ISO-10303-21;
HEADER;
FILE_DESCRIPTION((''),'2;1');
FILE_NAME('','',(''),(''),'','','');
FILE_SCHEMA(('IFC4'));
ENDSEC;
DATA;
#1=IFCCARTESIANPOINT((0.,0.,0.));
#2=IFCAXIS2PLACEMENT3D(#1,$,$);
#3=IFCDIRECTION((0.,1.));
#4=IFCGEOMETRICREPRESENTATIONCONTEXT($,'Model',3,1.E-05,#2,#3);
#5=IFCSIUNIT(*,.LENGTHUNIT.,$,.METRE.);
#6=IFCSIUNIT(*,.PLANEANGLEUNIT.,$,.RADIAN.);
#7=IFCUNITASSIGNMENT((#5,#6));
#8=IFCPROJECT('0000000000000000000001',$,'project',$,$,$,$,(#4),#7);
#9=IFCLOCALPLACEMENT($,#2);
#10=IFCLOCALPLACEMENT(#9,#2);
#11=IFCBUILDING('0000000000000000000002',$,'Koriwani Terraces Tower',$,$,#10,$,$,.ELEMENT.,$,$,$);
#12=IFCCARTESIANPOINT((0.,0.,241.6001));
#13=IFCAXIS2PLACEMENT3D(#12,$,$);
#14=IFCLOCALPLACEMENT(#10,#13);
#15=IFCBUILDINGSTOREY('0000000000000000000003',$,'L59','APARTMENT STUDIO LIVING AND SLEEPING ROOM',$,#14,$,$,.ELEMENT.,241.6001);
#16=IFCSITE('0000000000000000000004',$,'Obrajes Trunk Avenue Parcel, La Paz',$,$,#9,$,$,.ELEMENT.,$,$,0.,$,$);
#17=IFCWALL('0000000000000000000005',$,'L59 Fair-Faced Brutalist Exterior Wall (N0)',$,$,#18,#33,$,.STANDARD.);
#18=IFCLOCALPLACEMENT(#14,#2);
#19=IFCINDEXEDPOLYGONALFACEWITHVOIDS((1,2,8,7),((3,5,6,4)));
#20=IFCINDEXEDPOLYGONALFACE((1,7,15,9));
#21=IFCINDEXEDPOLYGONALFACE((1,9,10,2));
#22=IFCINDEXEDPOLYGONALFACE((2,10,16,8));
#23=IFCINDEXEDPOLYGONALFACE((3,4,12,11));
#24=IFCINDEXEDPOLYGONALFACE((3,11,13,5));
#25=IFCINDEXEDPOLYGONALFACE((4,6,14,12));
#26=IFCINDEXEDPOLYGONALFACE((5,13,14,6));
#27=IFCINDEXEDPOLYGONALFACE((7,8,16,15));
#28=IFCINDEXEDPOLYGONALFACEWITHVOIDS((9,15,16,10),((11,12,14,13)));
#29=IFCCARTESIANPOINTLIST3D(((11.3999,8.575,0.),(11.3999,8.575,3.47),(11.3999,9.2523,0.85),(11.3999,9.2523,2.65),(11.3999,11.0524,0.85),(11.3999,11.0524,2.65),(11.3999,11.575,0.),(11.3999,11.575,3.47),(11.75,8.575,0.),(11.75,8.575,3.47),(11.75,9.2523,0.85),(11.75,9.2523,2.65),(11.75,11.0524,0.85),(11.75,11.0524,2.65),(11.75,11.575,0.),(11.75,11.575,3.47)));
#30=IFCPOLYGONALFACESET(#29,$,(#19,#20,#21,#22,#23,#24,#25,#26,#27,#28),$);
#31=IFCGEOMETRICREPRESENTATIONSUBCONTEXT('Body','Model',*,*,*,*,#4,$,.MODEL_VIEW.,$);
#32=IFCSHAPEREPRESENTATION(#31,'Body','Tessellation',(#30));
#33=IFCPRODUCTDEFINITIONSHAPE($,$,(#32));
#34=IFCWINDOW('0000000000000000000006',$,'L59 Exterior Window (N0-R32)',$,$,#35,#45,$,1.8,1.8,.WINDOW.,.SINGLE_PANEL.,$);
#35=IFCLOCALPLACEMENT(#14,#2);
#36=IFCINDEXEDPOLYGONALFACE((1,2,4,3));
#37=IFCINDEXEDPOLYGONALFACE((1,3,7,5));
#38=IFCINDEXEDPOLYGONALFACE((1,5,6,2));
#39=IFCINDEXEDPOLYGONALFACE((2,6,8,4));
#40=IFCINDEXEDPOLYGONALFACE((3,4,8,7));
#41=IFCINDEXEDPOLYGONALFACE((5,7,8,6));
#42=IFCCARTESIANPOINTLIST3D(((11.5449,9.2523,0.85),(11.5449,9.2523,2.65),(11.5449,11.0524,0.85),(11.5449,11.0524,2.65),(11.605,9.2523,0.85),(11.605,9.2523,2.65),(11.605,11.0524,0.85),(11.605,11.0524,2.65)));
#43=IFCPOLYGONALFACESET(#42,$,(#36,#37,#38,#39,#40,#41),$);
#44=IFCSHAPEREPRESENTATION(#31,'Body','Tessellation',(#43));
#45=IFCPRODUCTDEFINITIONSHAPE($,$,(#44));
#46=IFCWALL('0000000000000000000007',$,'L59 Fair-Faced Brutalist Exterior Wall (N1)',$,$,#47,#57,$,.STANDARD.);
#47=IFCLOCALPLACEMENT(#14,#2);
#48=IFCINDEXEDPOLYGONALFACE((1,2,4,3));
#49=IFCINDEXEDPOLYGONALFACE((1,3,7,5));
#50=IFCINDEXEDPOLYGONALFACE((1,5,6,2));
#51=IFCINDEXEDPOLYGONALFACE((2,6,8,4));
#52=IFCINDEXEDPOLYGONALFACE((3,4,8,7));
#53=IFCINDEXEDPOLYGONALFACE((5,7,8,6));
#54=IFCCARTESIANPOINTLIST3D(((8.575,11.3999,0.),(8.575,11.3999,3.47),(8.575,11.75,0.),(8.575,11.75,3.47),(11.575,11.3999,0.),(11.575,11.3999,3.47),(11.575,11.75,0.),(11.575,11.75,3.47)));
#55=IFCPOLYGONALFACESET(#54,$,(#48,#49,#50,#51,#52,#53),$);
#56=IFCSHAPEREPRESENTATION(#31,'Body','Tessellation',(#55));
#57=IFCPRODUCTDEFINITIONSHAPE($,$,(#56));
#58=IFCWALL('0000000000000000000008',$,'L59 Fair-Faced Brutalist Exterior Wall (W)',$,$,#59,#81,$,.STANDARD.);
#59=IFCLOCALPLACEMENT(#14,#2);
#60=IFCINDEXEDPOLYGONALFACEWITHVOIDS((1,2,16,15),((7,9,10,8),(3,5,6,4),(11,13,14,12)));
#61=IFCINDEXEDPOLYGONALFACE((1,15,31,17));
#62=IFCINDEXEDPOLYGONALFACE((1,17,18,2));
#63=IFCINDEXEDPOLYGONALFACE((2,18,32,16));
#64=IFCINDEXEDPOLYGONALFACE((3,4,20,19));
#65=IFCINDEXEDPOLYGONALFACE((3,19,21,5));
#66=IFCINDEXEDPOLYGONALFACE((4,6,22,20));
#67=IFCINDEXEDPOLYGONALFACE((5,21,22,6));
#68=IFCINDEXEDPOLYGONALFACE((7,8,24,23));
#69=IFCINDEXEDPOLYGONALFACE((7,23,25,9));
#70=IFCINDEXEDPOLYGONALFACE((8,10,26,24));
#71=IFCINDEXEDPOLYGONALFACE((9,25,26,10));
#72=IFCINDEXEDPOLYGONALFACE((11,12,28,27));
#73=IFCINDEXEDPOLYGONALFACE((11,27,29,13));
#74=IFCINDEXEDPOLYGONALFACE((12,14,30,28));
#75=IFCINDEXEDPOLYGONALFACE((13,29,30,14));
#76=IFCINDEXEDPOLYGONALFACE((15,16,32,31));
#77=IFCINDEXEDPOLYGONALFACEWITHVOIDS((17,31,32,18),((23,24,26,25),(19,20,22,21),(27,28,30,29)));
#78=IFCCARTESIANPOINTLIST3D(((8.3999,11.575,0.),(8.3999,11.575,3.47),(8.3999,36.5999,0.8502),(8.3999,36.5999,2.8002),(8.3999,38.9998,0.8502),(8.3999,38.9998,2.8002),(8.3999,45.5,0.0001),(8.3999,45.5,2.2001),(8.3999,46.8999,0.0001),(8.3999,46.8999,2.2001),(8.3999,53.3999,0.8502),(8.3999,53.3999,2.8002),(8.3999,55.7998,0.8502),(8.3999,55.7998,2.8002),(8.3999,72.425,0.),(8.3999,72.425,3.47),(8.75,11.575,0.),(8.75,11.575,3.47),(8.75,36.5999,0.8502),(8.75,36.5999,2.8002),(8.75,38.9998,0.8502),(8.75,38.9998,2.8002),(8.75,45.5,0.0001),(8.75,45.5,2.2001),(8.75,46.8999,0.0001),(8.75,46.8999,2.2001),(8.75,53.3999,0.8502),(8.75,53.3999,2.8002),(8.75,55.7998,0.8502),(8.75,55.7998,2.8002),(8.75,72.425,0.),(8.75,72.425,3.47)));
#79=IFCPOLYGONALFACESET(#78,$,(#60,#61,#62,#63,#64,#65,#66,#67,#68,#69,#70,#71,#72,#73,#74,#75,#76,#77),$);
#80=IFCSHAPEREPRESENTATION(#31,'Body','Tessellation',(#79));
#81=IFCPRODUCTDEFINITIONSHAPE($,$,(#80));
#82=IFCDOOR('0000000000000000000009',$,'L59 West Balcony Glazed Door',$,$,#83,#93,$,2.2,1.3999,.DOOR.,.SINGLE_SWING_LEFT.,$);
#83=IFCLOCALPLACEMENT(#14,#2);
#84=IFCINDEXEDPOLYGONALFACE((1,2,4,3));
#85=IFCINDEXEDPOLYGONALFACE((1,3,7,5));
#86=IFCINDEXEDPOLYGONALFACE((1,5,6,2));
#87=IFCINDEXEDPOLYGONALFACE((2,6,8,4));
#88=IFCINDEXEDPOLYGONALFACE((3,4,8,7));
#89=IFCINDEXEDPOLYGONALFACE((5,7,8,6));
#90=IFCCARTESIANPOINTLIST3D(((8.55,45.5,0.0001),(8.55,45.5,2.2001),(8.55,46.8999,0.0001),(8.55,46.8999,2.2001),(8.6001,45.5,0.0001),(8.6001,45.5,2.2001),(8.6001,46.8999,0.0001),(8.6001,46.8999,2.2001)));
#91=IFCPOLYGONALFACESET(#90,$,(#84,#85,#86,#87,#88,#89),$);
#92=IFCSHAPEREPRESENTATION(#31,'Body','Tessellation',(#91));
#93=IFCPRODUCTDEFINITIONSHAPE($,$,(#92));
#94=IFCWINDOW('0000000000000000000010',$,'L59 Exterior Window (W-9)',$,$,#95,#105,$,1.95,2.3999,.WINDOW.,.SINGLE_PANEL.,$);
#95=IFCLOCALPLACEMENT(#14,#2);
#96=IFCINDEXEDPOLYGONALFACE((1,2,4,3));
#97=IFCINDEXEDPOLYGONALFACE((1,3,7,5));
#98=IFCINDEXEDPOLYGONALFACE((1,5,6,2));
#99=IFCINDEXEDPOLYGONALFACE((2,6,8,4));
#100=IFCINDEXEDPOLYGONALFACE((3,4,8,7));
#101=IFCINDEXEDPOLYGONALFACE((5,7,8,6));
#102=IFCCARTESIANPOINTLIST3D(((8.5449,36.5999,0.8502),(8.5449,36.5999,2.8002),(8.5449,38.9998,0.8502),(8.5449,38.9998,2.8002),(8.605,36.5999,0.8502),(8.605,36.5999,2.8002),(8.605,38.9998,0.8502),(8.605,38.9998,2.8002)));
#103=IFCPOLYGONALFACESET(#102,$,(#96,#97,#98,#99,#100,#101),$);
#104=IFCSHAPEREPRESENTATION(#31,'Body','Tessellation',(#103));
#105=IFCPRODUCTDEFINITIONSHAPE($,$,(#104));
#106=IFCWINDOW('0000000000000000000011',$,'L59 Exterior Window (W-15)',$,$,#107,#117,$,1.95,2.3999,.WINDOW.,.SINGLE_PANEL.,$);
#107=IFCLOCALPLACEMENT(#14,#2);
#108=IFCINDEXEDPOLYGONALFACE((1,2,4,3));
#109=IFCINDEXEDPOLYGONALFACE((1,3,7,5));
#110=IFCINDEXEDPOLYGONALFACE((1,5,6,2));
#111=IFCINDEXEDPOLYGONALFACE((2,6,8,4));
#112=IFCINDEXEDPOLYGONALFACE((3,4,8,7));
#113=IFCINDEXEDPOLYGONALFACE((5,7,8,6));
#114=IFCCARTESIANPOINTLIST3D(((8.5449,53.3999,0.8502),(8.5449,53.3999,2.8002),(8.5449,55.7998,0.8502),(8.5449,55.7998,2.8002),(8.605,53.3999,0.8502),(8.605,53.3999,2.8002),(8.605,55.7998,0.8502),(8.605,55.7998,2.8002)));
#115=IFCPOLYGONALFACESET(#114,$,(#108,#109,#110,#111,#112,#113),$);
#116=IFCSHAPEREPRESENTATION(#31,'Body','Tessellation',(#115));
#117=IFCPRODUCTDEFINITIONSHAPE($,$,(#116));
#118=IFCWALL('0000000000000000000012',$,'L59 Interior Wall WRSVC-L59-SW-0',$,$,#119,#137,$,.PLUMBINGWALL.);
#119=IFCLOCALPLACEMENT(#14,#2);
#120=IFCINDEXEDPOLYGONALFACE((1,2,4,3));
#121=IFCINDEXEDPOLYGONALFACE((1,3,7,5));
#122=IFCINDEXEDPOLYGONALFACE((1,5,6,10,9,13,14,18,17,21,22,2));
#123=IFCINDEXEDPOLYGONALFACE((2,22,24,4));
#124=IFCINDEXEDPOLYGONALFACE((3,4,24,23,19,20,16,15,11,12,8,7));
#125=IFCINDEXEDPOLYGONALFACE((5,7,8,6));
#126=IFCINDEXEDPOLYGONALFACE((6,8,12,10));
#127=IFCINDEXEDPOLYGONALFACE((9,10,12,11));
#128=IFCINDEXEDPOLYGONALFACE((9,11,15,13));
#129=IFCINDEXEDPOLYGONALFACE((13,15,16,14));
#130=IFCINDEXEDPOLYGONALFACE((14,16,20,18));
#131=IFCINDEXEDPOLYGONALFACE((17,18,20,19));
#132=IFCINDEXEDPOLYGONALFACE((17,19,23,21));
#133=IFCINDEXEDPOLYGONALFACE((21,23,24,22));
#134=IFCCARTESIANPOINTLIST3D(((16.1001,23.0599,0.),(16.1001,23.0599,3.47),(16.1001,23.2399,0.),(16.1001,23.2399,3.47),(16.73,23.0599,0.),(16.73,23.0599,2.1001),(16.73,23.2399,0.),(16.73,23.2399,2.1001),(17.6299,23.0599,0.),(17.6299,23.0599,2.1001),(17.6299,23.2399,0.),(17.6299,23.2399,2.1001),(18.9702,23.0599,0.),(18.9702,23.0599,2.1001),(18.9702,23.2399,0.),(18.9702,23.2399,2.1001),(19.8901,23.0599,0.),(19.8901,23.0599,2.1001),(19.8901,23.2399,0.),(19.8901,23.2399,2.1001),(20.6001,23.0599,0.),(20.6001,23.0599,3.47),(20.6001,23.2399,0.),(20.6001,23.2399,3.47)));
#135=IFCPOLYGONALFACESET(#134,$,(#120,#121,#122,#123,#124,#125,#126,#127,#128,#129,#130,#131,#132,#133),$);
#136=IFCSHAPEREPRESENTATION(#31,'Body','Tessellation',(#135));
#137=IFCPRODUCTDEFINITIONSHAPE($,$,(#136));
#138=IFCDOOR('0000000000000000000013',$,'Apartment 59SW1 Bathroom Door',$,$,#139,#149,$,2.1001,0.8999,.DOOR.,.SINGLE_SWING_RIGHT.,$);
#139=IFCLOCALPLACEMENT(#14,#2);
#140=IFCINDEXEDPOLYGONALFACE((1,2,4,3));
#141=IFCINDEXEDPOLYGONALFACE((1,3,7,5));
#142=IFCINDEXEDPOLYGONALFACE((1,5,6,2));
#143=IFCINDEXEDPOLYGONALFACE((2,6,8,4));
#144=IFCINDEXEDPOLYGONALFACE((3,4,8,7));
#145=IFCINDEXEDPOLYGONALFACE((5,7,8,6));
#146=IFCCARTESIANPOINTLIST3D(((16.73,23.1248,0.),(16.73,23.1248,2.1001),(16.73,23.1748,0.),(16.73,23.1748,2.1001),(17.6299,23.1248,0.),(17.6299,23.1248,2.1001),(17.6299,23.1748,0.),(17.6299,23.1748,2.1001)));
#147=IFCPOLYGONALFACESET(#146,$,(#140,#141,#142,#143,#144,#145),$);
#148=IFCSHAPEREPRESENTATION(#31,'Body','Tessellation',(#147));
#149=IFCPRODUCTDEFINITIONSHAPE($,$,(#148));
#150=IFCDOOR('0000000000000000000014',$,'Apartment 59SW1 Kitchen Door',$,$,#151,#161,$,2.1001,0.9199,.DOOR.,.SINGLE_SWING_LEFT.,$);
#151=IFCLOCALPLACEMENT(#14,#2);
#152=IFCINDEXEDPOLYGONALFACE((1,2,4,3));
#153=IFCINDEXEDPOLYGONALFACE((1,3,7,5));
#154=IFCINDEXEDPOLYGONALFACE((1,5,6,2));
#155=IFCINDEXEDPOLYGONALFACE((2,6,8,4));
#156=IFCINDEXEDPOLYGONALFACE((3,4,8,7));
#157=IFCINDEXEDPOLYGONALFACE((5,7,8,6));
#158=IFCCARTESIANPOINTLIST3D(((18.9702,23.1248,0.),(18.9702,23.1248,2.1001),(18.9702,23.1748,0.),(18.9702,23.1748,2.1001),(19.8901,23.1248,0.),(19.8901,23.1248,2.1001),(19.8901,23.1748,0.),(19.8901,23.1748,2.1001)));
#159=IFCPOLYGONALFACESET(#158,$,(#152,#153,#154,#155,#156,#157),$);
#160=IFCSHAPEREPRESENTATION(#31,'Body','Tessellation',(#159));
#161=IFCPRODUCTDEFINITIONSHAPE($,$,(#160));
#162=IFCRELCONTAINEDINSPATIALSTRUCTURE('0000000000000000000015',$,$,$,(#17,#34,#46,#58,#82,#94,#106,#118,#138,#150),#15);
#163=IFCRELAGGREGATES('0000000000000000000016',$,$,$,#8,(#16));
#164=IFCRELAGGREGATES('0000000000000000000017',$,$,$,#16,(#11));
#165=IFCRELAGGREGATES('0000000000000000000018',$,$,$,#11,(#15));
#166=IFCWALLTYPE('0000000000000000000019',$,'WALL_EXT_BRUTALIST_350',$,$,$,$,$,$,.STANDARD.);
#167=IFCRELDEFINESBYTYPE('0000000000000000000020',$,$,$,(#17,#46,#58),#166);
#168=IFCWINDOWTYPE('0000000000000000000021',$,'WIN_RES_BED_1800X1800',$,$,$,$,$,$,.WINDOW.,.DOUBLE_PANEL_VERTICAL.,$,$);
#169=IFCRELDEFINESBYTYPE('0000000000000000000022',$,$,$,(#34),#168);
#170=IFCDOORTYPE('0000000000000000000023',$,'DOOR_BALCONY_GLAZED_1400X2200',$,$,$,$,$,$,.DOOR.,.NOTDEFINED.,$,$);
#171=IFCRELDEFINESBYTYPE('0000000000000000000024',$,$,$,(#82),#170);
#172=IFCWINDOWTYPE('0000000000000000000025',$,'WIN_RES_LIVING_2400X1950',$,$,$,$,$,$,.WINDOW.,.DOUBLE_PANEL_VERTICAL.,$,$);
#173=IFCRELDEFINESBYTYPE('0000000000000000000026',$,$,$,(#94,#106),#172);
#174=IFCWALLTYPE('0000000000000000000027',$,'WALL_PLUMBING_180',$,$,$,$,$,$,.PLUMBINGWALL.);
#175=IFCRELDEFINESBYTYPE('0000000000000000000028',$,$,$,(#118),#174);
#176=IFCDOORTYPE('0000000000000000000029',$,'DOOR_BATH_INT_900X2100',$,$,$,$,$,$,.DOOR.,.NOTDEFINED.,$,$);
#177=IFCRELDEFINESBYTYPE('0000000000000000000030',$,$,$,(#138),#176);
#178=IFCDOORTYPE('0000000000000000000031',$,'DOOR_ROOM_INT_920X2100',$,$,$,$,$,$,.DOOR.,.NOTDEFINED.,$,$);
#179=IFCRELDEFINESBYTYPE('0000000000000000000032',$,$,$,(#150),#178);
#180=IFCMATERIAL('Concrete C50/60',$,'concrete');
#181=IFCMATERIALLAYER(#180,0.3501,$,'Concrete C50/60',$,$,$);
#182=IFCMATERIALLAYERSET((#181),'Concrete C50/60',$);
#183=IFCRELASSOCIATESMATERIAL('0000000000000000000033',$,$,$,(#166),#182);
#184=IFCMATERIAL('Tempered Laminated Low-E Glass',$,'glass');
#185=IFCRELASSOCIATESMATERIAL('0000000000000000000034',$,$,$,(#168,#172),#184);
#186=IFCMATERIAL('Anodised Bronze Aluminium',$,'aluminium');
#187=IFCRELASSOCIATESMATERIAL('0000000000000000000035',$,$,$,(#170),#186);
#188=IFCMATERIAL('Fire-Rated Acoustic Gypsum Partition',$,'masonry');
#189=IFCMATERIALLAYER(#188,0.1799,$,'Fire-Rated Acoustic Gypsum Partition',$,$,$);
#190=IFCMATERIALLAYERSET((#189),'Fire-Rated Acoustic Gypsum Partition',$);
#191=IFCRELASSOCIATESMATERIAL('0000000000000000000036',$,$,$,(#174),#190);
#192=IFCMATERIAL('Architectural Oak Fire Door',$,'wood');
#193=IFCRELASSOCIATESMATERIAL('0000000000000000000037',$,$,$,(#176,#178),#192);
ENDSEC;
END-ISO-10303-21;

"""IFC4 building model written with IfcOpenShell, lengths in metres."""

from ifc_helpers import new_model, si_unit, direction, frame, frame_2d, origin, place, context, subcontext, project, spatial, rectangle, extrude, material, layer, layer_set, type_object, element, fill, save


model = new_model("IFC4")

# Units and contexts
model_context = context("Model", 3, precision=1e-05, world=origin(), true_north=direction((0.0, 1.0)))
body_context = subcontext(model_context, "Body", "Model", "MODEL_VIEW")
ifc_project = project(units=[si_unit("LENGTHUNIT", "METRE"), si_unit("PLANEANGLEUNIT", "RADIAN")], contexts=[model_context])

# Site, building, storey
site_placement = place(None, origin())
site = spatial("IfcSite", under=ifc_project, at=site_placement, Name="Obrajes Trunk Avenue Parcel, La Paz", CompositionType="ELEMENT", RefElevation=0.0)
building_placement = place(site_placement, origin())
building = spatial("IfcBuilding", under=site, at=building_placement, Name="Koriwani Terraces Tower", CompositionType="ELEMENT")
storey_placement = place(building_placement, frame((0.0, 0.0, 241.6001)))
storey = spatial("IfcBuildingStorey", under=building, at=storey_placement, Name="L59", Description="APARTMENT STUDIO LIVING AND SLEEPING ROOM", CompositionType="ELEMENT", Elevation=241.6001)

# Shared definitions
ifc_material_1 = material(Name="Concrete C50/60", Category="concrete")

# Wall, opening, window
ifc_layer_1 = layer(ifc_material_1, 0.3501, Name="Concrete C50/60")
ifc_layer_set_1 = layer_set([ifc_layer_1], Name="Concrete C50/60")
wall_type_1 = type_object("IfcWallType", Name="WALL_EXT_BRUTALIST_350", PredefinedType="STANDARD", material=ifc_layer_set_1)
wall_1_placement = place(storey_placement, frame((11.575, 8.575, 0.0), z_axis=(0.0, 0.0, 1.0), x_axis=(0.0, 1.0, 0.0)))
wall_1 = element("IfcWall", 1, at=wall_1_placement, inside=storey, type_object=wall_type_1, Name="L59 Fair-Faced Brutalist Exterior Wall (N0)", PredefinedType="STANDARD", context=body_context, shape_type="SweptSolid", body=[
    extrude(rectangle(XDim=3.0, YDim=0.3501, at=frame_2d((1.5, 0.0))), origin(), (0.0, 0.0, 1.0), 3.47),
])
opening_1_placement = place(wall_1_placement, frame((0.6775, 0.0, 0.8501)))
opening_1 = element("IfcOpeningElement", 2, at=opening_1_placement, cuts=wall_1, PredefinedType="OPENING", context=body_context, shape_type="SweptSolid", body=[
    extrude(rectangle(XDim=1.8, YDim=1.8, at=frame_2d((0.8999, 0.8999))), frame((0.0, 0.1851, 0.0), z_axis=(0.0, -1.0, 0.0), x_axis=(1.0, 0.0, 0.0)), (0.0, 0.0, 1.0), 0.3701),
])
ifc_material_2 = material(Name="Tempered Laminated Low-E Glass", Category="glass")
window_type_1 = type_object("IfcWindowType", Name="WIN_RES_BED_1800X1800", PartitioningType="DOUBLE_PANEL_VERTICAL", PredefinedType="WINDOW", material=ifc_material_2)
window_1_placement = place(opening_1_placement, origin())
window_1 = element("IfcWindow", 3, at=window_1_placement, inside=storey, type_object=window_type_1, Name="L59 Exterior Window (N0-R32)", OverallHeight=1.8, OverallWidth=1.8, PartitioningType="SINGLE_PANEL", PredefinedType="WINDOW", context=body_context, shape_type="SweptSolid", body=[
    extrude(rectangle(XDim=1.8, YDim=1.8, at=frame_2d((0.8999, 0.8999))), frame((0.0, 0.03, 0.0), z_axis=(0.0, -1.0, 0.0), x_axis=(1.0, 0.0, 0.0)), (0.0, 0.0, 1.0), 0.0601),
])
fill(opening_1, window_1)

# Wall
wall_2_placement = place(storey_placement, frame((11.575, 11.575, 0.0), z_axis=(0.0, 0.0, 1.0), x_axis=(-1.0, 0.0, 0.0)))
element("IfcWall", 4, at=wall_2_placement, inside=storey, type_object=wall_type_1, Name="L59 Fair-Faced Brutalist Exterior Wall (N1)", PredefinedType="STANDARD", context=body_context, shape_type="SweptSolid", body=[
    extrude(rectangle(XDim=3.0, YDim=0.3501, at=frame_2d((1.5, 0.0))), origin(), (0.0, 0.0, 1.0), 3.47),
])

# Wall, openings, door, windows
wall_3_placement = place(storey_placement, frame((8.575, 11.575, 0.0), z_axis=(0.0, 0.0, 1.0), x_axis=(0.0, 1.0, 0.0)))
wall_3 = element("IfcWall", 5, at=wall_3_placement, inside=storey, type_object=wall_type_1, Name="L59 Fair-Faced Brutalist Exterior Wall (W)", PredefinedType="STANDARD", context=body_context, shape_type="SweptSolid", body=[
    extrude(rectangle(XDim=60.8501, YDim=0.3501, at=frame_2d((30.425, 0.0))), origin(), (0.0, 0.0, 1.0), 3.47),
])
opening_2_placement = place(wall_3_placement, frame((33.925, 0.0, 0.0)))
opening_2 = element("IfcOpeningElement", 6, at=opening_2_placement, cuts=wall_3, PredefinedType="OPENING", context=body_context, shape_type="SweptSolid", body=[
    extrude(rectangle(XDim=1.3999, YDim=2.2, at=frame_2d((0.7, 1.1001))), frame((0.0, 0.1851, 0.0), z_axis=(0.0, -1.0, 0.0), x_axis=(1.0, 0.0, 0.0)), (0.0, 0.0, 1.0), 0.3701),
])
opening_3_placement = place(wall_3_placement, frame((25.0249, 0.0, 0.8501)))
opening_3 = element("IfcOpeningElement", 7, at=opening_3_placement, cuts=wall_3, PredefinedType="OPENING", context=body_context, shape_type="SweptSolid", body=[
    extrude(rectangle(XDim=2.3999, YDim=1.95, at=frame_2d((1.2, 0.9751))), frame((0.0, 0.1851, 0.0), z_axis=(0.0, -1.0, 0.0), x_axis=(1.0, 0.0, 0.0)), (0.0, 0.0, 1.0), 0.3701),
])
opening_4_placement = place(wall_3_placement, frame((41.825, 0.0, 0.8501)))
opening_4 = element("IfcOpeningElement", 8, at=opening_4_placement, cuts=wall_3, PredefinedType="OPENING", context=body_context, shape_type="SweptSolid", body=[
    extrude(rectangle(XDim=2.3999, YDim=1.95, at=frame_2d((1.2, 0.9751))), frame((0.0, 0.1851, 0.0), z_axis=(0.0, -1.0, 0.0), x_axis=(1.0, 0.0, 0.0)), (0.0, 0.0, 1.0), 0.3701),
])
ifc_material_3 = material(Name="Anodised Bronze Aluminium", Category="aluminium")
door_type_1 = type_object("IfcDoorType", Name="DOOR_BALCONY_GLAZED_1400X2200", OperationType="NOTDEFINED", PredefinedType="DOOR", material=ifc_material_3)
door_1_placement = place(opening_2_placement, origin())
door_1 = element("IfcDoor", 9, at=door_1_placement, inside=storey, type_object=door_type_1, Name="L59 West Balcony Glazed Door", OperationType="SINGLE_SWING_LEFT", OverallHeight=2.2, OverallWidth=1.3999, PredefinedType="DOOR", context=body_context, shape_type="SweptSolid", body=[
    extrude(rectangle(XDim=1.3999, YDim=2.2, at=frame_2d((0.7, 1.1001))), frame((0.0, 0.0249, 0.0), z_axis=(0.0, -1.0, 0.0), x_axis=(1.0, 0.0, 0.0)), (0.0, 0.0, 1.0), 0.05),
])
fill(opening_2, door_1)
window_type_2 = type_object("IfcWindowType", Name="WIN_RES_LIVING_2400X1950", PartitioningType="DOUBLE_PANEL_VERTICAL", PredefinedType="WINDOW", material=ifc_material_2)
window_2_placement = place(opening_3_placement, origin())
window_2 = element("IfcWindow", 10, at=window_2_placement, inside=storey, type_object=window_type_2, Name="L59 Exterior Window (W-9)", OverallHeight=1.95, OverallWidth=2.3999, PartitioningType="SINGLE_PANEL", PredefinedType="WINDOW", context=body_context, shape_type="SweptSolid", body=[
    extrude(rectangle(XDim=2.3999, YDim=1.95, at=frame_2d((1.2, 0.9751))), frame((0.0, 0.03, 0.0), z_axis=(0.0, -1.0, 0.0), x_axis=(1.0, 0.0, 0.0)), (0.0, 0.0, 1.0), 0.0601),
])
fill(opening_3, window_2)
window_3_placement = place(opening_4_placement, origin())
window_3 = element("IfcWindow", 11, at=window_3_placement, inside=storey, type_object=window_type_2, Name="L59 Exterior Window (W-15)", OverallHeight=1.95, OverallWidth=2.3999, PartitioningType="SINGLE_PANEL", PredefinedType="WINDOW", context=body_context, shape_type="SweptSolid", body=[
    extrude(rectangle(XDim=2.3999, YDim=1.95, at=frame_2d((1.2, 0.9751))), frame((0.0, 0.03, 0.0), z_axis=(0.0, -1.0, 0.0), x_axis=(1.0, 0.0, 0.0)), (0.0, 0.0, 1.0), 0.0601),
])
fill(opening_4, window_3)

# Wall, openings, doors
ifc_material_4 = material(Name="Fire-Rated Acoustic Gypsum Partition", Category="masonry")
ifc_layer_2 = layer(ifc_material_4, 0.1799, Name="Fire-Rated Acoustic Gypsum Partition")
ifc_layer_set_2 = layer_set([ifc_layer_2], Name="Fire-Rated Acoustic Gypsum Partition")
wall_type_2 = type_object("IfcWallType", Name="WALL_PLUMBING_180", PredefinedType="PLUMBINGWALL", material=ifc_layer_set_2)
wall_4_placement = place(storey_placement, frame((16.1001, 23.1499, 0.0), z_axis=(0.0, 0.0, 1.0), x_axis=(1.0, 0.0, 0.0)))
wall_4 = element("IfcWall", 12, at=wall_4_placement, inside=storey, type_object=wall_type_2, Name="L59 Interior Wall WRSVC-L59-SW-0", PredefinedType="PLUMBINGWALL", context=body_context, shape_type="SweptSolid", body=[
    extrude(rectangle(XDim=4.5, YDim=0.1799, at=frame_2d((2.25, 0.0))), origin(), (0.0, 0.0, 1.0), 3.47),
])
opening_5_placement = place(wall_4_placement, frame((0.6299, 0.0, 0.0)))
opening_5 = element("IfcOpeningElement", 13, at=opening_5_placement, cuts=wall_4, PredefinedType="OPENING", context=body_context, shape_type="SweptSolid", body=[
    extrude(rectangle(XDim=0.8999, YDim=2.1001, at=frame_2d((0.45, 1.05))), frame((0.0, 0.1001, 0.0), z_axis=(0.0, -1.0, 0.0), x_axis=(1.0, 0.0, 0.0)), (0.0, 0.0, 1.0), 0.2),
])
opening_6_placement = place(wall_4_placement, frame((2.8701, 0.0, 0.0)))
opening_6 = element("IfcOpeningElement", 14, at=opening_6_placement, cuts=wall_4, PredefinedType="OPENING", context=body_context, shape_type="SweptSolid", body=[
    extrude(rectangle(XDim=0.9199, YDim=2.1001, at=frame_2d((0.46, 1.05))), frame((0.0, 0.1001, 0.0), z_axis=(0.0, -1.0, 0.0), x_axis=(1.0, 0.0, 0.0)), (0.0, 0.0, 1.0), 0.2),
])
ifc_material_5 = material(Name="Architectural Oak Fire Door", Category="wood")
door_type_2 = type_object("IfcDoorType", Name="DOOR_BATH_INT_900X2100", OperationType="NOTDEFINED", PredefinedType="DOOR", material=ifc_material_5)
door_2_placement = place(opening_5_placement, origin())
door_2 = element("IfcDoor", 15, at=door_2_placement, inside=storey, type_object=door_type_2, Name="Apartment 59SW1 Bathroom Door", OperationType="SINGLE_SWING_RIGHT", OverallHeight=2.1001, OverallWidth=0.8999, PredefinedType="DOOR", context=body_context, shape_type="SweptSolid", body=[
    extrude(rectangle(XDim=0.8999, YDim=2.1001, at=frame_2d((0.45, 1.05))), frame((0.0, 0.0249, 0.0), z_axis=(0.0, -1.0, 0.0), x_axis=(1.0, 0.0, 0.0)), (0.0, 0.0, 1.0), 0.05),
])
fill(opening_5, door_2)
door_type_3 = type_object("IfcDoorType", Name="DOOR_ROOM_INT_920X2100", OperationType="NOTDEFINED", PredefinedType="DOOR", material=ifc_material_5)
door_3_placement = place(opening_6_placement, origin())
door_3 = element("IfcDoor", 16, at=door_3_placement, inside=storey, type_object=door_type_3, Name="Apartment 59SW1 Kitchen Door", OperationType="SINGLE_SWING_LEFT", OverallHeight=2.1001, OverallWidth=0.9199, PredefinedType="DOOR", context=body_context, shape_type="SweptSolid", body=[
    extrude(rectangle(XDim=0.9199, YDim=2.1001, at=frame_2d((0.46, 1.05))), frame((0.0, 0.0249, 0.0), z_axis=(0.0, -1.0, 0.0), x_axis=(1.0, 0.0, 0.0)), (0.0, 0.0, 1.0), 0.05),
])
fill(opening_6, door_3)

save(model, "model.ifc")
